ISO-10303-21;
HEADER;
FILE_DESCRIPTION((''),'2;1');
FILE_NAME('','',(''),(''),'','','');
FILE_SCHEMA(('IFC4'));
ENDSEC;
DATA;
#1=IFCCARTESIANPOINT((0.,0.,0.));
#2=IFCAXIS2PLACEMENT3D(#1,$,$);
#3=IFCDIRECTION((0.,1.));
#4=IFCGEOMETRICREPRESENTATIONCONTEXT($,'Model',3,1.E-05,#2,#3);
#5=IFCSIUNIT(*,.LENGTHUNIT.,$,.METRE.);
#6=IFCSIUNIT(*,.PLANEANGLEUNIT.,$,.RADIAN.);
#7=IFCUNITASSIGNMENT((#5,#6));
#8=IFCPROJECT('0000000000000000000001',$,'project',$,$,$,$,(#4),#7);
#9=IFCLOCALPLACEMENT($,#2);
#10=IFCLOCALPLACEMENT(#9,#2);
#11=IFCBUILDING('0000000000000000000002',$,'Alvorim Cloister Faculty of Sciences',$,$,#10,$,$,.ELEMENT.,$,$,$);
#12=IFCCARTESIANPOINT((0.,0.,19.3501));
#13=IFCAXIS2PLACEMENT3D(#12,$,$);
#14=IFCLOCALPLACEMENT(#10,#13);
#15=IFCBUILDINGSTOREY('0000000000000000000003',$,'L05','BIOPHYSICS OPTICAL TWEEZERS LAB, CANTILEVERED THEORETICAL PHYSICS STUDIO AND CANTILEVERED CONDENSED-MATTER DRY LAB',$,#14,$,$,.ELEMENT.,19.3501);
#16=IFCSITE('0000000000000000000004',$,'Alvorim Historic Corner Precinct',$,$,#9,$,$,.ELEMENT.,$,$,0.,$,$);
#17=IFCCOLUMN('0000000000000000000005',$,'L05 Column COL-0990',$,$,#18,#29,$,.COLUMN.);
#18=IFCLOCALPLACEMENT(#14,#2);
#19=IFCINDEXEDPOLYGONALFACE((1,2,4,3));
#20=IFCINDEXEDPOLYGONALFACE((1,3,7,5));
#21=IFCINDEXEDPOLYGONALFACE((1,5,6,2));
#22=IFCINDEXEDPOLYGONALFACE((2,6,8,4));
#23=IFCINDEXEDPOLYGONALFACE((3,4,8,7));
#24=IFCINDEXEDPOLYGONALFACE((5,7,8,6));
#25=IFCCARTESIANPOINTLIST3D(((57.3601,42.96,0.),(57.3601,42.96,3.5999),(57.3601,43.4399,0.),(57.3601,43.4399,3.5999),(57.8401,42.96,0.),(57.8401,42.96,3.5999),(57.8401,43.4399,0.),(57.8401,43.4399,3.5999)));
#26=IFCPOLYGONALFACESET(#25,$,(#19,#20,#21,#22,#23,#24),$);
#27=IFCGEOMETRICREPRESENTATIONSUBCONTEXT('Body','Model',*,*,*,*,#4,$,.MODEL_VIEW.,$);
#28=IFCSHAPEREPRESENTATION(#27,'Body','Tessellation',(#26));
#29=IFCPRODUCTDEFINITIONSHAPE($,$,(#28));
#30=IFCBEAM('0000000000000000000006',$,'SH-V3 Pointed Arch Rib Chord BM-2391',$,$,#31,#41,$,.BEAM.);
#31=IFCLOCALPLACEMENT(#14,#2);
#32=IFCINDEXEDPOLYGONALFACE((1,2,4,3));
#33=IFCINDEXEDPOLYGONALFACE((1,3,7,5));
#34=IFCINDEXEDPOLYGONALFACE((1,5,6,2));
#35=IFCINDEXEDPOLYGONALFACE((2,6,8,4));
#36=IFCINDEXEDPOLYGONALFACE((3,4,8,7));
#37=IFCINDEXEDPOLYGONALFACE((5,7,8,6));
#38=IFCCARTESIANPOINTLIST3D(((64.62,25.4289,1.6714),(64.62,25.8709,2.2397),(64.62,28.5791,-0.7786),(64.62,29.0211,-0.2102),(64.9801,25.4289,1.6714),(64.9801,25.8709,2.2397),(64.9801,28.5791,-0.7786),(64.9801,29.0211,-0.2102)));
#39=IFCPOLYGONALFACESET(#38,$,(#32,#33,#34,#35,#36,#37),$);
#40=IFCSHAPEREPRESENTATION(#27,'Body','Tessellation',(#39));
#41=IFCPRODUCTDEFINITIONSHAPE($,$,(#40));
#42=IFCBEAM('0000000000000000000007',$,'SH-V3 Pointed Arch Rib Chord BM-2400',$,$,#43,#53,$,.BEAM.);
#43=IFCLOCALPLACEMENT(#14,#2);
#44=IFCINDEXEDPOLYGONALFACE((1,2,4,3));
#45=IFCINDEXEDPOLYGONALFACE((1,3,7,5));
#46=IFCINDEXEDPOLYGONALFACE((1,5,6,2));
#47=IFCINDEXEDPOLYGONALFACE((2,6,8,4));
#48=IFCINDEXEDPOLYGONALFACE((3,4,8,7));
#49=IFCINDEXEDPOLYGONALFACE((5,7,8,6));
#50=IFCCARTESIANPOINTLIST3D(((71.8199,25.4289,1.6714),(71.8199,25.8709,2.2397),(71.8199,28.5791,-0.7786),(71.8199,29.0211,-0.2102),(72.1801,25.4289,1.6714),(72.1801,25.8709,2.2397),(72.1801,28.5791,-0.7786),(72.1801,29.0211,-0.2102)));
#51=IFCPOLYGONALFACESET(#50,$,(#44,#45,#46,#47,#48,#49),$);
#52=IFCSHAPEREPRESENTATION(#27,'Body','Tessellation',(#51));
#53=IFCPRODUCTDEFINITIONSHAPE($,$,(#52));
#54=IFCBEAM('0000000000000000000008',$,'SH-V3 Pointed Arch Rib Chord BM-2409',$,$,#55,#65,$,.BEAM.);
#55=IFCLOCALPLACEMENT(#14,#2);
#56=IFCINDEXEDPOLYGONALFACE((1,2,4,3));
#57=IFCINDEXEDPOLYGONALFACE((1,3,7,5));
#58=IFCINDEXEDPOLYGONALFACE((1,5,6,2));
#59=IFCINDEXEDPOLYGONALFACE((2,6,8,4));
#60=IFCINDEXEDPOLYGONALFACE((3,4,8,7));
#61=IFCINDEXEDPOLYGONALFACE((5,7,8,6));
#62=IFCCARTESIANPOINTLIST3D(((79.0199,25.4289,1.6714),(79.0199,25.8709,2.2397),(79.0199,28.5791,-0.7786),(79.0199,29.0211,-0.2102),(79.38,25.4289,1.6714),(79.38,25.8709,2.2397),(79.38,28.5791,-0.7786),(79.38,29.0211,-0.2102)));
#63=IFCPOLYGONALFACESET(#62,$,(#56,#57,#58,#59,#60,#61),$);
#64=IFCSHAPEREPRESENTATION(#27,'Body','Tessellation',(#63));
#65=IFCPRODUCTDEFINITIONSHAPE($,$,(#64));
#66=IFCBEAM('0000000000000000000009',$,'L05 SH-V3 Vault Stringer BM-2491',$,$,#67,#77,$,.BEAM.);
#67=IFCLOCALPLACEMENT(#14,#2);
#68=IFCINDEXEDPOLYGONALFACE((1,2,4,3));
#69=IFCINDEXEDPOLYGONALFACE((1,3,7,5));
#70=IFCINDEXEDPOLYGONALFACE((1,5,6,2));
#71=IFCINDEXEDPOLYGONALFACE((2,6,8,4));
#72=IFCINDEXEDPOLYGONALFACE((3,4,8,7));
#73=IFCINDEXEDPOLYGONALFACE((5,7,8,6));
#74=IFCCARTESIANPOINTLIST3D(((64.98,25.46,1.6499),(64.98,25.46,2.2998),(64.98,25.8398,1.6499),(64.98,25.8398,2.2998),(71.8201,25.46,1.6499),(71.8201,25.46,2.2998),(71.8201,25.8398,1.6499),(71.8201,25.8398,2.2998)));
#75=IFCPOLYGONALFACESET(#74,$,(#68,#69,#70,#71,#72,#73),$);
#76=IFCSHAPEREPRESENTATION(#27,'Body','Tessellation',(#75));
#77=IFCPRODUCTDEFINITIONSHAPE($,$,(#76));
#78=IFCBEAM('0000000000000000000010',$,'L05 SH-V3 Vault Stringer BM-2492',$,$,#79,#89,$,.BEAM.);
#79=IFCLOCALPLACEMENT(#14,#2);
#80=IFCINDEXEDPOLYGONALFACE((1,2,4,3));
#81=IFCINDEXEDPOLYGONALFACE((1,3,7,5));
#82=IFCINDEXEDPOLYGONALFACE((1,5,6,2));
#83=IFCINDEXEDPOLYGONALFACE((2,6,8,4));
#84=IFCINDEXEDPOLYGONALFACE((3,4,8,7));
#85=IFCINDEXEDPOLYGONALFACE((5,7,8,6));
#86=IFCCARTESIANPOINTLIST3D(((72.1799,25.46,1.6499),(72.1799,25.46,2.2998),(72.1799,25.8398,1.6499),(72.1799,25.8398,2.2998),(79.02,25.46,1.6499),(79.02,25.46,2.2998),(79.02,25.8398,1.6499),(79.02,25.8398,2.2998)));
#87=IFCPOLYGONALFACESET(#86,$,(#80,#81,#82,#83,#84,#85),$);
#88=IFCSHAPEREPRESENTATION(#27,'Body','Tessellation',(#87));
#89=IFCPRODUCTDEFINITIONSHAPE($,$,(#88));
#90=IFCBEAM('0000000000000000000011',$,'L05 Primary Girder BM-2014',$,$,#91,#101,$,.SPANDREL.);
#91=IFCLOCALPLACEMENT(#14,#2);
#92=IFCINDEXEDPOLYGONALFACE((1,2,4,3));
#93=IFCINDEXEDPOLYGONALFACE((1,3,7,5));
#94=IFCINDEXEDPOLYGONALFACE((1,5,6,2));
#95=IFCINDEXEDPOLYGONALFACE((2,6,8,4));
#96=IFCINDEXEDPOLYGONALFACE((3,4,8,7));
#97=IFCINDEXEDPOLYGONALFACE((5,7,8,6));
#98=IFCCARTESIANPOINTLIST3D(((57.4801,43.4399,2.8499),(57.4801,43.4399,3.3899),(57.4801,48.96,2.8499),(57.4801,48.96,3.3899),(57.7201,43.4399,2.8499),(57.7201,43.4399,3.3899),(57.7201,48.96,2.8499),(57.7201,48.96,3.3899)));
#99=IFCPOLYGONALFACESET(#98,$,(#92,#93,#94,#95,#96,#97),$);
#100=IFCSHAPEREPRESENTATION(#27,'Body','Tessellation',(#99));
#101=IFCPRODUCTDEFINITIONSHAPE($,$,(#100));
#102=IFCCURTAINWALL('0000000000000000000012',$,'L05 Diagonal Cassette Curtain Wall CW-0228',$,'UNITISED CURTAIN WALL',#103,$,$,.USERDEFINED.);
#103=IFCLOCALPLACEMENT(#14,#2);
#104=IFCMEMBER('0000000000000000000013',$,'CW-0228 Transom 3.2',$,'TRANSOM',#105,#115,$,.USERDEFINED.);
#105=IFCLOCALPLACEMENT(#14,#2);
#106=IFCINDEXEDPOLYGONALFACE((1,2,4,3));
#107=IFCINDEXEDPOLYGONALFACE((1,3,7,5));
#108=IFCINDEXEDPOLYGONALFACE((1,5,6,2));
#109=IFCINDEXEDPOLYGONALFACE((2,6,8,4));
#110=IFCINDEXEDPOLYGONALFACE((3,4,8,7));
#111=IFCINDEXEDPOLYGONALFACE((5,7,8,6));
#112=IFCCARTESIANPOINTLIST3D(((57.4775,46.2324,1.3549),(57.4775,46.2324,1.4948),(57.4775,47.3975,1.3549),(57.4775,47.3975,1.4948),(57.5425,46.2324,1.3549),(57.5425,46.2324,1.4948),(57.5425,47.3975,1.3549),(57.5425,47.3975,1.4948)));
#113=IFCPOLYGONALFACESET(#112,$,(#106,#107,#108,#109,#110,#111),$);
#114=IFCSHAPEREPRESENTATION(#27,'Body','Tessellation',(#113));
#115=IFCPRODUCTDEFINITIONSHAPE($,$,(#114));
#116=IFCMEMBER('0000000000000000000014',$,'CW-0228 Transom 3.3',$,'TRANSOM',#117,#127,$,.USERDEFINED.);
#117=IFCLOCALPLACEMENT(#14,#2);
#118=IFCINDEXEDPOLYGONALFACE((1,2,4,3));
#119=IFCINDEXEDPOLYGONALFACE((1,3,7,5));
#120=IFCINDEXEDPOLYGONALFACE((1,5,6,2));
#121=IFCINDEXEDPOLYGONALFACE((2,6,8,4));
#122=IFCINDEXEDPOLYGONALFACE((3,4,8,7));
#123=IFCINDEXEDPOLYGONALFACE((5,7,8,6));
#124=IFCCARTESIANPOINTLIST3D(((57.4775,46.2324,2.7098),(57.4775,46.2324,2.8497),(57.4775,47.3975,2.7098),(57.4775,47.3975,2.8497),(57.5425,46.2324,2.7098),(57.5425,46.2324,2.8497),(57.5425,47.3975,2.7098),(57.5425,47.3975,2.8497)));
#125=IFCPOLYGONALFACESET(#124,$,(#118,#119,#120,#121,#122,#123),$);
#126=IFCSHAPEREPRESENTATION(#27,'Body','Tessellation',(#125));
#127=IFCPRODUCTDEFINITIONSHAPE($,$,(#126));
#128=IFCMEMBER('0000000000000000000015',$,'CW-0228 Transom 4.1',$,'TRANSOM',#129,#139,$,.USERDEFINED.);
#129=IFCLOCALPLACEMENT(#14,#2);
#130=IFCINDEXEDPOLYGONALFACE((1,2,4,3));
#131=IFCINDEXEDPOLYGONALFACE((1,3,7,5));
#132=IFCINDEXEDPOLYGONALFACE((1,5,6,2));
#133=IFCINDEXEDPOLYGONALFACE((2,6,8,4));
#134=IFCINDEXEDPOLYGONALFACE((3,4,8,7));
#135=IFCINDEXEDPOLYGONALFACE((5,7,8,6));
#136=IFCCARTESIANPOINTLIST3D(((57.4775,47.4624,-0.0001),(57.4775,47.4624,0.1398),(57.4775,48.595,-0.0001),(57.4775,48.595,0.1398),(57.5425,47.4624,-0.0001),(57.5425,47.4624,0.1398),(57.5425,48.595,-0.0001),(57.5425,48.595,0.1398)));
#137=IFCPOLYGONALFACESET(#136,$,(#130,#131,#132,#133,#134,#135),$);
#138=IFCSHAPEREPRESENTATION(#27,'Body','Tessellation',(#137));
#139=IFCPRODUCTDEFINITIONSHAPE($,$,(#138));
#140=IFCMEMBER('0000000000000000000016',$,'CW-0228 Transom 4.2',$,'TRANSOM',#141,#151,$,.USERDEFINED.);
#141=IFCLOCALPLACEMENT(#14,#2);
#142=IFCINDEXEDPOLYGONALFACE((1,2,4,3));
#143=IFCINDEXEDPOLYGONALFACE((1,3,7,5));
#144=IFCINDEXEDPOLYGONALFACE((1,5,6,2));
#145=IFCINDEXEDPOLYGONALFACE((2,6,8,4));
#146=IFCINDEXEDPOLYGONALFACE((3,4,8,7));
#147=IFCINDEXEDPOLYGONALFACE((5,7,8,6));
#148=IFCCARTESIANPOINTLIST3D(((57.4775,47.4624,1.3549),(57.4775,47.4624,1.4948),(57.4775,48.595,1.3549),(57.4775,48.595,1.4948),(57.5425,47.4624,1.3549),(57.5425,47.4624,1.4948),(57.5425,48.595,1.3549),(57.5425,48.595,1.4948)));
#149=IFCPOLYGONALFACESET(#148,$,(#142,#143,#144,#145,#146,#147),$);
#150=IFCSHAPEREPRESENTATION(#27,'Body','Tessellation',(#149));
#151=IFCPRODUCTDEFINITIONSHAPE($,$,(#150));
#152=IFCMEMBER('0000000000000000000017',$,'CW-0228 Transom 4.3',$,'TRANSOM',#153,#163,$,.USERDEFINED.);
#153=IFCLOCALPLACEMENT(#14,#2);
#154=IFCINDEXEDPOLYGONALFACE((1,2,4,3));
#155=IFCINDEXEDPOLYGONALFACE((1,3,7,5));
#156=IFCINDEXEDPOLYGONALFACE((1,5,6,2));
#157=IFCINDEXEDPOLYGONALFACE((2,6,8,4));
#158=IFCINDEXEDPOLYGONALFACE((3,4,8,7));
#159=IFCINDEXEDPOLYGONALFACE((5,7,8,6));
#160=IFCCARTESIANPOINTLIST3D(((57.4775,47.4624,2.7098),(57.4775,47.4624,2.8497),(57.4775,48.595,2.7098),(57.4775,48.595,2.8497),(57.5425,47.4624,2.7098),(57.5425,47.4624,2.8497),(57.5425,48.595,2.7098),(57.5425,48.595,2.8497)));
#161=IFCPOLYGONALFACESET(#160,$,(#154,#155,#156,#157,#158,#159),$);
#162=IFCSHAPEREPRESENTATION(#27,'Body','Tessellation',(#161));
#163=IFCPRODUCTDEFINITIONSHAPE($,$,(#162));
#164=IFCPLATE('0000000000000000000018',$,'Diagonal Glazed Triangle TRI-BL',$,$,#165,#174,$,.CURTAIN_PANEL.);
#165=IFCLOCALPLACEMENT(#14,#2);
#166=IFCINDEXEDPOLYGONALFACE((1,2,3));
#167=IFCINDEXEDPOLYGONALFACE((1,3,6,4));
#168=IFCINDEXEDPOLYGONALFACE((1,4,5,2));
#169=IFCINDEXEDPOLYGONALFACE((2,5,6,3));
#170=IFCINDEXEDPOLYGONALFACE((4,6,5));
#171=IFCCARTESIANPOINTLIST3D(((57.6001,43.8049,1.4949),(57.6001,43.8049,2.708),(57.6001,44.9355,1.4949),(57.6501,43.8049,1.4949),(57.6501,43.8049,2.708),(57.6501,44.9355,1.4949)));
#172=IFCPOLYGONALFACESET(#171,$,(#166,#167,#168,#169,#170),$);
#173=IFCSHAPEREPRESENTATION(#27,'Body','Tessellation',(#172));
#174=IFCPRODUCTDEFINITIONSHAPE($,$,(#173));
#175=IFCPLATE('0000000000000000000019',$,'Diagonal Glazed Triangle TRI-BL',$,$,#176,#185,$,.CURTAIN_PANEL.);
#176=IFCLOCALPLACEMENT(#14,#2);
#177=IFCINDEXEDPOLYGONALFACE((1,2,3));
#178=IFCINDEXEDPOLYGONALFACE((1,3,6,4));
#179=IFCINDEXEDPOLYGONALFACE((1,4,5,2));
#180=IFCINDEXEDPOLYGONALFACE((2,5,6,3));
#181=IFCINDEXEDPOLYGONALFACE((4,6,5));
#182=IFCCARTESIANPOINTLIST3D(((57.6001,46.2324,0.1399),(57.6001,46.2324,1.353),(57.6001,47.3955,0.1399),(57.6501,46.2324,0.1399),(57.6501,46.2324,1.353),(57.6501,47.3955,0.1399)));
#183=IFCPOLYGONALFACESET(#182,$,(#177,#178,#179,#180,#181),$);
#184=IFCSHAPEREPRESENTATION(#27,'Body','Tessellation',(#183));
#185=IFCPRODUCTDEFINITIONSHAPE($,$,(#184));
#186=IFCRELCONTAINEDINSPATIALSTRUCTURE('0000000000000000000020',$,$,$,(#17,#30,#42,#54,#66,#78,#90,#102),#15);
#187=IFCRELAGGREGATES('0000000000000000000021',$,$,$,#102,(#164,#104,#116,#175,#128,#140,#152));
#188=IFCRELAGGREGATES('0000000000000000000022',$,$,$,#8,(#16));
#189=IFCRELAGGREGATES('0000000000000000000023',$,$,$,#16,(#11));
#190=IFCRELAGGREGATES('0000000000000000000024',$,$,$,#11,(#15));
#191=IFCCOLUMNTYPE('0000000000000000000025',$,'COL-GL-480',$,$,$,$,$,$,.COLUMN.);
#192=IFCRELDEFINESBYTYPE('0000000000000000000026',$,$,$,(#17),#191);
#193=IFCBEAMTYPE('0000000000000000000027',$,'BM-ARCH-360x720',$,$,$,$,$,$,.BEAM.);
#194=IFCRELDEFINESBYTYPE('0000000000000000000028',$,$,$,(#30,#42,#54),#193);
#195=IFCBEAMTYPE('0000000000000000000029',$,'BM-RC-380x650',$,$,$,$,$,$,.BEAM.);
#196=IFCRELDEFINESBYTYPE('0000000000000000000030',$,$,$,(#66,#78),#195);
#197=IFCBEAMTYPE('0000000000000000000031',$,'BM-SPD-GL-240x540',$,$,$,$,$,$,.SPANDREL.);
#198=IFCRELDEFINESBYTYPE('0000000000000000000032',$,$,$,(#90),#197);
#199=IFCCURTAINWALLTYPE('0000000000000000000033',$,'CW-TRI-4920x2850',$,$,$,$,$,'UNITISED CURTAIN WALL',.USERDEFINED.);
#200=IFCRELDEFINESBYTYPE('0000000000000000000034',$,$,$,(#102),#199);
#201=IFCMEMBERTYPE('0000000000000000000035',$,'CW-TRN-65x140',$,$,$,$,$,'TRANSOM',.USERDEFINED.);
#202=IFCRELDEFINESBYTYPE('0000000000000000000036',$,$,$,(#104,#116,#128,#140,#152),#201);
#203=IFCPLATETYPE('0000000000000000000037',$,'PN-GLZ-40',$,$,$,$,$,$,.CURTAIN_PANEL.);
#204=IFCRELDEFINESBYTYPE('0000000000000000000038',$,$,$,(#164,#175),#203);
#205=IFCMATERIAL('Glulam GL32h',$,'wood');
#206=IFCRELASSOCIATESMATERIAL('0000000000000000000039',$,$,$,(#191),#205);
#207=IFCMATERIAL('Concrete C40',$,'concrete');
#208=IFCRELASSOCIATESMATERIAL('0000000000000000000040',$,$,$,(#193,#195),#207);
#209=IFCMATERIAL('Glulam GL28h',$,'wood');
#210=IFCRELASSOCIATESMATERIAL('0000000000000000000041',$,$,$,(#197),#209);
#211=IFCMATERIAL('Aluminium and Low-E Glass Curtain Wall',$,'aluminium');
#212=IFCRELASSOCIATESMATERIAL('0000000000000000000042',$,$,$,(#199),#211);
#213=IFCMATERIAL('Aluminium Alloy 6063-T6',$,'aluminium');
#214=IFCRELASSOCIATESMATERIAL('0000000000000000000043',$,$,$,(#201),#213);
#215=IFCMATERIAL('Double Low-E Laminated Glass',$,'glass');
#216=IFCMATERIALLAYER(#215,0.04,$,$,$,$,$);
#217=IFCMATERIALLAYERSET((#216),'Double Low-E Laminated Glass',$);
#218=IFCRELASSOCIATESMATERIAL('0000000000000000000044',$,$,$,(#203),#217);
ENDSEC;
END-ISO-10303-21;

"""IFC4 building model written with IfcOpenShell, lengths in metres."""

from ifc_helpers import new_model, si_unit, direction, frame, origin, origin_2d, place, context, subcontext, project, spatial, polyline, rectangle, outline, extrude, material, layer, layer_set, material_profile, profile_set, type_object, element, aggregate, save


model = new_model("IFC4")

# Units and contexts
model_context = context("Model", 3, precision=1e-05, world=origin(), true_north=direction((0.0, 1.0)))
body_context = subcontext(model_context, "Body", "Model", "MODEL_VIEW")
ifc_project = project(units=[si_unit("LENGTHUNIT", "METRE"), si_unit("PLANEANGLEUNIT", "RADIAN")], contexts=[model_context])

# Site, building, storey
site_placement = place(None, origin())
site = spatial("IfcSite", under=ifc_project, at=site_placement, Name="Alvorim Historic Corner Precinct", CompositionType="ELEMENT", RefElevation=0.0)
building_placement = place(site_placement, origin())
building = spatial("IfcBuilding", under=site, at=building_placement, Name="Alvorim Cloister Faculty of Sciences", CompositionType="ELEMENT")
storey_placement = place(building_placement, frame((0.0, 0.0, 19.3501)))
storey = spatial("IfcBuildingStorey", under=building, at=storey_placement, Name="L05", Description="BIOPHYSICS OPTICAL TWEEZERS LAB, CANTILEVERED THEORETICAL PHYSICS STUDIO AND CANTILEVERED CONDENSED-MATTER DRY LAB", CompositionType="ELEMENT", Elevation=19.3501)

# Column
ifc_material_1 = material(Name="Glulam GL32h", Category="wood")
ifc_material_profile_1 = material_profile(ifc_material_1, rectangle(XDim=0.48, YDim=0.48, at=origin_2d()), Name="GL32-COL-480x480")
ifc_profile_set_1 = profile_set([ifc_material_profile_1], Name="Glulam GL32h")
column_type = type_object("IfcColumnType", Name="COL-GL-480", PredefinedType="COLUMN", material=ifc_profile_set_1)
column_placement = place(storey_placement, frame((57.6001, 43.2, 0.0), z_axis=(0.0, 0.0, 1.0), x_axis=(1.0, 0.0, 0.0)))
element("IfcColumn", 1, at=column_placement, inside=storey, type_object=column_type, Name="L05 Column COL-0990", PredefinedType="COLUMN", context=body_context, shape_type="SweptSolid", body=[
    extrude(rectangle(XDim=0.48, YDim=0.48, at=origin_2d()), origin(), (0.0, 0.0, 1.0), 3.5999),
])

# Beams
ifc_material_2 = material(Name="Concrete C40", Category="concrete")
ifc_material_profile_2 = material_profile(ifc_material_2, rectangle(XDim=0.3601, YDim=0.72, at=origin_2d()), Name="RC40-ARCH-360x720")
ifc_profile_set_2 = profile_set([ifc_material_profile_2], Name="Concrete C40")
beam_type_1 = type_object("IfcBeamType", Name="BM-ARCH-360x720", PredefinedType="BEAM", material=ifc_profile_set_2)
for number, where, z_axis, x_axis, name in (
    (2, (64.8, 25.6499, 1.9556), (0.0, 0.789372, -0.613915), (-1.0, 0.0, 0.0), "SH-V3 Pointed Arch Rib Chord BM-2391"),
    (3, (72.0, 25.6499, 1.9556), (0.0, 0.789372, -0.613915), (-1.0, 0.0, 0.0), "SH-V3 Pointed Arch Rib Chord BM-2400"),
    (4, (79.2, 25.6499, 1.9556), (0.0, 0.789372, -0.613915), (-1.0, 0.0, 0.0), "SH-V3 Pointed Arch Rib Chord BM-2409"),
):
    element("IfcBeam", number, at=place(storey_placement, frame(where, z_axis=z_axis, x_axis=x_axis)), inside=storey, type_object=beam_type_1, Name=name, PredefinedType="BEAM", context=body_context, shape_type="SweptSolid", body=[
        extrude(rectangle(XDim=0.3601, YDim=0.72, at=origin_2d()), origin(), (0.0, 0.0, 1.0), 3.9907),
    ])
ifc_material_profile_3 = material_profile(ifc_material_2, rectangle(XDim=0.3799, YDim=0.6499, at=origin_2d()), Name="RC40-BM-380x650")
ifc_profile_set_3 = profile_set([ifc_material_profile_3], Name="Concrete C40")
beam_type_2 = type_object("IfcBeamType", Name="BM-RC-380x650", PredefinedType="BEAM", material=ifc_profile_set_3)
for number, where, z_axis, x_axis, name in (
    (5, (64.98, 25.6499, 1.9749), (1.0, 0.0, 0.0), (0.0, 1.0, 0.0), "L05 SH-V3 Vault Stringer BM-2491"),
    (6, (72.1799, 25.6499, 1.9749), (1.0, 0.0, 0.0), (0.0, 1.0, 0.0), "L05 SH-V3 Vault Stringer BM-2492"),
):
    element("IfcBeam", number, at=place(storey_placement, frame(where, z_axis=z_axis, x_axis=x_axis)), inside=storey, type_object=beam_type_2, Name=name, PredefinedType="BEAM", context=body_context, shape_type="SweptSolid", body=[
        extrude(rectangle(XDim=0.3799, YDim=0.6499, at=origin_2d()), origin(), (0.0, 0.0, 1.0), 6.8401),
    ])
ifc_material_3 = material(Name="Glulam GL28h", Category="wood")
ifc_material_profile_4 = material_profile(ifc_material_3, rectangle(XDim=0.24, YDim=0.54, at=origin_2d()), Name="GL28-SPD-240x540")
ifc_profile_set_4 = profile_set([ifc_material_profile_4], Name="Glulam GL28h")
beam_type_3 = type_object("IfcBeamType", Name="BM-SPD-GL-240x540", PredefinedType="SPANDREL", material=ifc_profile_set_4)
beam_placement = place(storey_placement, frame((57.6001, 43.4399, 3.1199), z_axis=(0.0, 1.0, 0.0), x_axis=(-1.0, 0.0, 0.0)))
element("IfcBeam", 7, at=beam_placement, inside=storey, type_object=beam_type_3, Name="L05 Primary Girder BM-2014", PredefinedType="SPANDREL", context=body_context, shape_type="SweptSolid", body=[
    extrude(rectangle(XDim=0.24, YDim=0.54, at=origin_2d()), origin(), (0.0, 0.0, 1.0), 5.52),
])

# Curtain wall, members, plates
ifc_material_4 = material(Name="Aluminium and Low-E Glass Curtain Wall", Category="aluminium")
curtain_wall_type = type_object("IfcCurtainWallType", Name="CW-TRI-4920x2850", ElementType="UNITISED CURTAIN WALL", PredefinedType="USERDEFINED", material=ifc_material_4)
curtain_wall_placement = place(storey_placement, origin())
curtain_wall = element("IfcCurtainWall", 8, at=curtain_wall_placement, inside=storey, type_object=curtain_wall_type, Name="L05 Diagonal Cassette Curtain Wall CW-0228", ObjectType="UNITISED CURTAIN WALL", PredefinedType="USERDEFINED")
ifc_material_5 = material(Name="Aluminium Alloy 6063-T6", Category="aluminium")
ifc_material_profile_5 = material_profile(ifc_material_5, rectangle(XDim=0.0649, YDim=0.1399, at=origin_2d()), Name="ALU-TRN-65x140")
ifc_profile_set_5 = profile_set([ifc_material_profile_5], Name="Aluminium Alloy 6063-T6")
member_type = type_object("IfcMemberType", Name="CW-TRN-65x140", ElementType="TRANSOM", PredefinedType="USERDEFINED", material=ifc_profile_set_5)
member_1_placement = place(storey_placement, frame((57.51, 46.2324, 1.4248), z_axis=(0.0, 1.0, 0.0), x_axis=(-1.0, 0.0, 0.0)))
member_1 = element("IfcMember", 9, at=member_1_placement, type_object=member_type, Name="CW-0228 Transom 3.2", ObjectType="TRANSOM", PredefinedType="USERDEFINED", context=body_context, shape_type="SweptSolid", body=[
    extrude(rectangle(XDim=0.0649, YDim=0.1399, at=origin_2d()), origin(), (0.0, 0.0, 1.0), 1.165),
])
member_2_placement = place(storey_placement, frame((57.51, 46.2324, 2.7798), z_axis=(0.0, 1.0, 0.0), x_axis=(-1.0, 0.0, 0.0)))
member_2 = element("IfcMember", 10, at=member_2_placement, type_object=member_type, Name="CW-0228 Transom 3.3", ObjectType="TRANSOM", PredefinedType="USERDEFINED", context=body_context, shape_type="SweptSolid", body=[
    extrude(rectangle(XDim=0.0649, YDim=0.1399, at=origin_2d()), origin(), (0.0, 0.0, 1.0), 1.165),
])
member_3_placement = place(storey_placement, frame((57.51, 47.4624, 0.0698), z_axis=(0.0, 1.0, 0.0), x_axis=(-1.0, 0.0, 0.0)))
member_3 = element("IfcMember", 11, at=member_3_placement, type_object=member_type, Name="CW-0228 Transom 4.1", ObjectType="TRANSOM", PredefinedType="USERDEFINED", context=body_context, shape_type="SweptSolid", body=[
    extrude(rectangle(XDim=0.0649, YDim=0.1399, at=origin_2d()), origin(), (0.0, 0.0, 1.0), 1.1326),
])
member_4_placement = place(storey_placement, frame((57.51, 47.4624, 1.4248), z_axis=(0.0, 1.0, 0.0), x_axis=(-1.0, 0.0, 0.0)))
member_4 = element("IfcMember", 12, at=member_4_placement, type_object=member_type, Name="CW-0228 Transom 4.2", ObjectType="TRANSOM", PredefinedType="USERDEFINED", context=body_context, shape_type="SweptSolid", body=[
    extrude(rectangle(XDim=0.0649, YDim=0.1399, at=origin_2d()), origin(), (0.0, 0.0, 1.0), 1.1326),
])
member_5_placement = place(storey_placement, frame((57.51, 47.4624, 2.7798), z_axis=(0.0, 1.0, 0.0), x_axis=(-1.0, 0.0, 0.0)))
member_5 = element("IfcMember", 13, at=member_5_placement, type_object=member_type, Name="CW-0228 Transom 4.3", ObjectType="TRANSOM", PredefinedType="USERDEFINED", context=body_context, shape_type="SweptSolid", body=[
    extrude(rectangle(XDim=0.0649, YDim=0.1399, at=origin_2d()), origin(), (0.0, 0.0, 1.0), 1.1326),
])
ifc_material_6 = material(Name="Double Low-E Laminated Glass", Category="glass")
ifc_layer_1 = layer(ifc_material_6, 0.04)
ifc_layer_set_1 = layer_set([ifc_layer_1], Name="Double Low-E Laminated Glass")
plate_type = type_object("IfcPlateType", Name="PN-GLZ-40", PredefinedType="CURTAIN_PANEL", material=ifc_layer_set_1)
plate_1_placement = place(storey_placement, frame((57.625, 43.8049, 1.4949), z_axis=(0.0, 0.0, 1.0), x_axis=(0.0, 1.0, 0.0)))
plate_1 = element("IfcPlate", 14, at=plate_1_placement, type_object=plate_type, Name="Diagonal Glazed Triangle TRI-BL", PredefinedType="CURTAIN_PANEL", context=body_context, shape_type="SweptSolid", body=[
    extrude(outline(polyline([(0.0, 0.0), (1.1306, 0.0), (0.0, 1.2131), (0.0, 0.0)])), frame((0.0, 0.0249, 0.0), z_axis=(0.0, -1.0, 0.0), x_axis=(1.0, 0.0, 0.0)), (0.0, 0.0, 1.0), 0.05),
])
plate_2_placement = place(storey_placement, frame((57.625, 46.2324, 0.1399), z_axis=(0.0, 0.0, 1.0), x_axis=(0.0, 1.0, 0.0)))
plate_2 = element("IfcPlate", 15, at=plate_2_placement, type_object=plate_type, Name="Diagonal Glazed Triangle TRI-BL", PredefinedType="CURTAIN_PANEL", context=body_context, shape_type="SweptSolid", body=[
    extrude(outline(polyline([(0.0, 0.0), (1.1631, 0.0), (0.0, 1.2131), (0.0, 0.0)])), frame((0.0, 0.0249, 0.0), z_axis=(0.0, -1.0, 0.0), x_axis=(1.0, 0.0, 0.0)), (0.0, 0.0, 1.0), 0.05),
])
aggregate(curtain_wall, [plate_1, member_1, member_2, plate_2, member_3, member_4, member_5])

save(model, "model.ifc")
